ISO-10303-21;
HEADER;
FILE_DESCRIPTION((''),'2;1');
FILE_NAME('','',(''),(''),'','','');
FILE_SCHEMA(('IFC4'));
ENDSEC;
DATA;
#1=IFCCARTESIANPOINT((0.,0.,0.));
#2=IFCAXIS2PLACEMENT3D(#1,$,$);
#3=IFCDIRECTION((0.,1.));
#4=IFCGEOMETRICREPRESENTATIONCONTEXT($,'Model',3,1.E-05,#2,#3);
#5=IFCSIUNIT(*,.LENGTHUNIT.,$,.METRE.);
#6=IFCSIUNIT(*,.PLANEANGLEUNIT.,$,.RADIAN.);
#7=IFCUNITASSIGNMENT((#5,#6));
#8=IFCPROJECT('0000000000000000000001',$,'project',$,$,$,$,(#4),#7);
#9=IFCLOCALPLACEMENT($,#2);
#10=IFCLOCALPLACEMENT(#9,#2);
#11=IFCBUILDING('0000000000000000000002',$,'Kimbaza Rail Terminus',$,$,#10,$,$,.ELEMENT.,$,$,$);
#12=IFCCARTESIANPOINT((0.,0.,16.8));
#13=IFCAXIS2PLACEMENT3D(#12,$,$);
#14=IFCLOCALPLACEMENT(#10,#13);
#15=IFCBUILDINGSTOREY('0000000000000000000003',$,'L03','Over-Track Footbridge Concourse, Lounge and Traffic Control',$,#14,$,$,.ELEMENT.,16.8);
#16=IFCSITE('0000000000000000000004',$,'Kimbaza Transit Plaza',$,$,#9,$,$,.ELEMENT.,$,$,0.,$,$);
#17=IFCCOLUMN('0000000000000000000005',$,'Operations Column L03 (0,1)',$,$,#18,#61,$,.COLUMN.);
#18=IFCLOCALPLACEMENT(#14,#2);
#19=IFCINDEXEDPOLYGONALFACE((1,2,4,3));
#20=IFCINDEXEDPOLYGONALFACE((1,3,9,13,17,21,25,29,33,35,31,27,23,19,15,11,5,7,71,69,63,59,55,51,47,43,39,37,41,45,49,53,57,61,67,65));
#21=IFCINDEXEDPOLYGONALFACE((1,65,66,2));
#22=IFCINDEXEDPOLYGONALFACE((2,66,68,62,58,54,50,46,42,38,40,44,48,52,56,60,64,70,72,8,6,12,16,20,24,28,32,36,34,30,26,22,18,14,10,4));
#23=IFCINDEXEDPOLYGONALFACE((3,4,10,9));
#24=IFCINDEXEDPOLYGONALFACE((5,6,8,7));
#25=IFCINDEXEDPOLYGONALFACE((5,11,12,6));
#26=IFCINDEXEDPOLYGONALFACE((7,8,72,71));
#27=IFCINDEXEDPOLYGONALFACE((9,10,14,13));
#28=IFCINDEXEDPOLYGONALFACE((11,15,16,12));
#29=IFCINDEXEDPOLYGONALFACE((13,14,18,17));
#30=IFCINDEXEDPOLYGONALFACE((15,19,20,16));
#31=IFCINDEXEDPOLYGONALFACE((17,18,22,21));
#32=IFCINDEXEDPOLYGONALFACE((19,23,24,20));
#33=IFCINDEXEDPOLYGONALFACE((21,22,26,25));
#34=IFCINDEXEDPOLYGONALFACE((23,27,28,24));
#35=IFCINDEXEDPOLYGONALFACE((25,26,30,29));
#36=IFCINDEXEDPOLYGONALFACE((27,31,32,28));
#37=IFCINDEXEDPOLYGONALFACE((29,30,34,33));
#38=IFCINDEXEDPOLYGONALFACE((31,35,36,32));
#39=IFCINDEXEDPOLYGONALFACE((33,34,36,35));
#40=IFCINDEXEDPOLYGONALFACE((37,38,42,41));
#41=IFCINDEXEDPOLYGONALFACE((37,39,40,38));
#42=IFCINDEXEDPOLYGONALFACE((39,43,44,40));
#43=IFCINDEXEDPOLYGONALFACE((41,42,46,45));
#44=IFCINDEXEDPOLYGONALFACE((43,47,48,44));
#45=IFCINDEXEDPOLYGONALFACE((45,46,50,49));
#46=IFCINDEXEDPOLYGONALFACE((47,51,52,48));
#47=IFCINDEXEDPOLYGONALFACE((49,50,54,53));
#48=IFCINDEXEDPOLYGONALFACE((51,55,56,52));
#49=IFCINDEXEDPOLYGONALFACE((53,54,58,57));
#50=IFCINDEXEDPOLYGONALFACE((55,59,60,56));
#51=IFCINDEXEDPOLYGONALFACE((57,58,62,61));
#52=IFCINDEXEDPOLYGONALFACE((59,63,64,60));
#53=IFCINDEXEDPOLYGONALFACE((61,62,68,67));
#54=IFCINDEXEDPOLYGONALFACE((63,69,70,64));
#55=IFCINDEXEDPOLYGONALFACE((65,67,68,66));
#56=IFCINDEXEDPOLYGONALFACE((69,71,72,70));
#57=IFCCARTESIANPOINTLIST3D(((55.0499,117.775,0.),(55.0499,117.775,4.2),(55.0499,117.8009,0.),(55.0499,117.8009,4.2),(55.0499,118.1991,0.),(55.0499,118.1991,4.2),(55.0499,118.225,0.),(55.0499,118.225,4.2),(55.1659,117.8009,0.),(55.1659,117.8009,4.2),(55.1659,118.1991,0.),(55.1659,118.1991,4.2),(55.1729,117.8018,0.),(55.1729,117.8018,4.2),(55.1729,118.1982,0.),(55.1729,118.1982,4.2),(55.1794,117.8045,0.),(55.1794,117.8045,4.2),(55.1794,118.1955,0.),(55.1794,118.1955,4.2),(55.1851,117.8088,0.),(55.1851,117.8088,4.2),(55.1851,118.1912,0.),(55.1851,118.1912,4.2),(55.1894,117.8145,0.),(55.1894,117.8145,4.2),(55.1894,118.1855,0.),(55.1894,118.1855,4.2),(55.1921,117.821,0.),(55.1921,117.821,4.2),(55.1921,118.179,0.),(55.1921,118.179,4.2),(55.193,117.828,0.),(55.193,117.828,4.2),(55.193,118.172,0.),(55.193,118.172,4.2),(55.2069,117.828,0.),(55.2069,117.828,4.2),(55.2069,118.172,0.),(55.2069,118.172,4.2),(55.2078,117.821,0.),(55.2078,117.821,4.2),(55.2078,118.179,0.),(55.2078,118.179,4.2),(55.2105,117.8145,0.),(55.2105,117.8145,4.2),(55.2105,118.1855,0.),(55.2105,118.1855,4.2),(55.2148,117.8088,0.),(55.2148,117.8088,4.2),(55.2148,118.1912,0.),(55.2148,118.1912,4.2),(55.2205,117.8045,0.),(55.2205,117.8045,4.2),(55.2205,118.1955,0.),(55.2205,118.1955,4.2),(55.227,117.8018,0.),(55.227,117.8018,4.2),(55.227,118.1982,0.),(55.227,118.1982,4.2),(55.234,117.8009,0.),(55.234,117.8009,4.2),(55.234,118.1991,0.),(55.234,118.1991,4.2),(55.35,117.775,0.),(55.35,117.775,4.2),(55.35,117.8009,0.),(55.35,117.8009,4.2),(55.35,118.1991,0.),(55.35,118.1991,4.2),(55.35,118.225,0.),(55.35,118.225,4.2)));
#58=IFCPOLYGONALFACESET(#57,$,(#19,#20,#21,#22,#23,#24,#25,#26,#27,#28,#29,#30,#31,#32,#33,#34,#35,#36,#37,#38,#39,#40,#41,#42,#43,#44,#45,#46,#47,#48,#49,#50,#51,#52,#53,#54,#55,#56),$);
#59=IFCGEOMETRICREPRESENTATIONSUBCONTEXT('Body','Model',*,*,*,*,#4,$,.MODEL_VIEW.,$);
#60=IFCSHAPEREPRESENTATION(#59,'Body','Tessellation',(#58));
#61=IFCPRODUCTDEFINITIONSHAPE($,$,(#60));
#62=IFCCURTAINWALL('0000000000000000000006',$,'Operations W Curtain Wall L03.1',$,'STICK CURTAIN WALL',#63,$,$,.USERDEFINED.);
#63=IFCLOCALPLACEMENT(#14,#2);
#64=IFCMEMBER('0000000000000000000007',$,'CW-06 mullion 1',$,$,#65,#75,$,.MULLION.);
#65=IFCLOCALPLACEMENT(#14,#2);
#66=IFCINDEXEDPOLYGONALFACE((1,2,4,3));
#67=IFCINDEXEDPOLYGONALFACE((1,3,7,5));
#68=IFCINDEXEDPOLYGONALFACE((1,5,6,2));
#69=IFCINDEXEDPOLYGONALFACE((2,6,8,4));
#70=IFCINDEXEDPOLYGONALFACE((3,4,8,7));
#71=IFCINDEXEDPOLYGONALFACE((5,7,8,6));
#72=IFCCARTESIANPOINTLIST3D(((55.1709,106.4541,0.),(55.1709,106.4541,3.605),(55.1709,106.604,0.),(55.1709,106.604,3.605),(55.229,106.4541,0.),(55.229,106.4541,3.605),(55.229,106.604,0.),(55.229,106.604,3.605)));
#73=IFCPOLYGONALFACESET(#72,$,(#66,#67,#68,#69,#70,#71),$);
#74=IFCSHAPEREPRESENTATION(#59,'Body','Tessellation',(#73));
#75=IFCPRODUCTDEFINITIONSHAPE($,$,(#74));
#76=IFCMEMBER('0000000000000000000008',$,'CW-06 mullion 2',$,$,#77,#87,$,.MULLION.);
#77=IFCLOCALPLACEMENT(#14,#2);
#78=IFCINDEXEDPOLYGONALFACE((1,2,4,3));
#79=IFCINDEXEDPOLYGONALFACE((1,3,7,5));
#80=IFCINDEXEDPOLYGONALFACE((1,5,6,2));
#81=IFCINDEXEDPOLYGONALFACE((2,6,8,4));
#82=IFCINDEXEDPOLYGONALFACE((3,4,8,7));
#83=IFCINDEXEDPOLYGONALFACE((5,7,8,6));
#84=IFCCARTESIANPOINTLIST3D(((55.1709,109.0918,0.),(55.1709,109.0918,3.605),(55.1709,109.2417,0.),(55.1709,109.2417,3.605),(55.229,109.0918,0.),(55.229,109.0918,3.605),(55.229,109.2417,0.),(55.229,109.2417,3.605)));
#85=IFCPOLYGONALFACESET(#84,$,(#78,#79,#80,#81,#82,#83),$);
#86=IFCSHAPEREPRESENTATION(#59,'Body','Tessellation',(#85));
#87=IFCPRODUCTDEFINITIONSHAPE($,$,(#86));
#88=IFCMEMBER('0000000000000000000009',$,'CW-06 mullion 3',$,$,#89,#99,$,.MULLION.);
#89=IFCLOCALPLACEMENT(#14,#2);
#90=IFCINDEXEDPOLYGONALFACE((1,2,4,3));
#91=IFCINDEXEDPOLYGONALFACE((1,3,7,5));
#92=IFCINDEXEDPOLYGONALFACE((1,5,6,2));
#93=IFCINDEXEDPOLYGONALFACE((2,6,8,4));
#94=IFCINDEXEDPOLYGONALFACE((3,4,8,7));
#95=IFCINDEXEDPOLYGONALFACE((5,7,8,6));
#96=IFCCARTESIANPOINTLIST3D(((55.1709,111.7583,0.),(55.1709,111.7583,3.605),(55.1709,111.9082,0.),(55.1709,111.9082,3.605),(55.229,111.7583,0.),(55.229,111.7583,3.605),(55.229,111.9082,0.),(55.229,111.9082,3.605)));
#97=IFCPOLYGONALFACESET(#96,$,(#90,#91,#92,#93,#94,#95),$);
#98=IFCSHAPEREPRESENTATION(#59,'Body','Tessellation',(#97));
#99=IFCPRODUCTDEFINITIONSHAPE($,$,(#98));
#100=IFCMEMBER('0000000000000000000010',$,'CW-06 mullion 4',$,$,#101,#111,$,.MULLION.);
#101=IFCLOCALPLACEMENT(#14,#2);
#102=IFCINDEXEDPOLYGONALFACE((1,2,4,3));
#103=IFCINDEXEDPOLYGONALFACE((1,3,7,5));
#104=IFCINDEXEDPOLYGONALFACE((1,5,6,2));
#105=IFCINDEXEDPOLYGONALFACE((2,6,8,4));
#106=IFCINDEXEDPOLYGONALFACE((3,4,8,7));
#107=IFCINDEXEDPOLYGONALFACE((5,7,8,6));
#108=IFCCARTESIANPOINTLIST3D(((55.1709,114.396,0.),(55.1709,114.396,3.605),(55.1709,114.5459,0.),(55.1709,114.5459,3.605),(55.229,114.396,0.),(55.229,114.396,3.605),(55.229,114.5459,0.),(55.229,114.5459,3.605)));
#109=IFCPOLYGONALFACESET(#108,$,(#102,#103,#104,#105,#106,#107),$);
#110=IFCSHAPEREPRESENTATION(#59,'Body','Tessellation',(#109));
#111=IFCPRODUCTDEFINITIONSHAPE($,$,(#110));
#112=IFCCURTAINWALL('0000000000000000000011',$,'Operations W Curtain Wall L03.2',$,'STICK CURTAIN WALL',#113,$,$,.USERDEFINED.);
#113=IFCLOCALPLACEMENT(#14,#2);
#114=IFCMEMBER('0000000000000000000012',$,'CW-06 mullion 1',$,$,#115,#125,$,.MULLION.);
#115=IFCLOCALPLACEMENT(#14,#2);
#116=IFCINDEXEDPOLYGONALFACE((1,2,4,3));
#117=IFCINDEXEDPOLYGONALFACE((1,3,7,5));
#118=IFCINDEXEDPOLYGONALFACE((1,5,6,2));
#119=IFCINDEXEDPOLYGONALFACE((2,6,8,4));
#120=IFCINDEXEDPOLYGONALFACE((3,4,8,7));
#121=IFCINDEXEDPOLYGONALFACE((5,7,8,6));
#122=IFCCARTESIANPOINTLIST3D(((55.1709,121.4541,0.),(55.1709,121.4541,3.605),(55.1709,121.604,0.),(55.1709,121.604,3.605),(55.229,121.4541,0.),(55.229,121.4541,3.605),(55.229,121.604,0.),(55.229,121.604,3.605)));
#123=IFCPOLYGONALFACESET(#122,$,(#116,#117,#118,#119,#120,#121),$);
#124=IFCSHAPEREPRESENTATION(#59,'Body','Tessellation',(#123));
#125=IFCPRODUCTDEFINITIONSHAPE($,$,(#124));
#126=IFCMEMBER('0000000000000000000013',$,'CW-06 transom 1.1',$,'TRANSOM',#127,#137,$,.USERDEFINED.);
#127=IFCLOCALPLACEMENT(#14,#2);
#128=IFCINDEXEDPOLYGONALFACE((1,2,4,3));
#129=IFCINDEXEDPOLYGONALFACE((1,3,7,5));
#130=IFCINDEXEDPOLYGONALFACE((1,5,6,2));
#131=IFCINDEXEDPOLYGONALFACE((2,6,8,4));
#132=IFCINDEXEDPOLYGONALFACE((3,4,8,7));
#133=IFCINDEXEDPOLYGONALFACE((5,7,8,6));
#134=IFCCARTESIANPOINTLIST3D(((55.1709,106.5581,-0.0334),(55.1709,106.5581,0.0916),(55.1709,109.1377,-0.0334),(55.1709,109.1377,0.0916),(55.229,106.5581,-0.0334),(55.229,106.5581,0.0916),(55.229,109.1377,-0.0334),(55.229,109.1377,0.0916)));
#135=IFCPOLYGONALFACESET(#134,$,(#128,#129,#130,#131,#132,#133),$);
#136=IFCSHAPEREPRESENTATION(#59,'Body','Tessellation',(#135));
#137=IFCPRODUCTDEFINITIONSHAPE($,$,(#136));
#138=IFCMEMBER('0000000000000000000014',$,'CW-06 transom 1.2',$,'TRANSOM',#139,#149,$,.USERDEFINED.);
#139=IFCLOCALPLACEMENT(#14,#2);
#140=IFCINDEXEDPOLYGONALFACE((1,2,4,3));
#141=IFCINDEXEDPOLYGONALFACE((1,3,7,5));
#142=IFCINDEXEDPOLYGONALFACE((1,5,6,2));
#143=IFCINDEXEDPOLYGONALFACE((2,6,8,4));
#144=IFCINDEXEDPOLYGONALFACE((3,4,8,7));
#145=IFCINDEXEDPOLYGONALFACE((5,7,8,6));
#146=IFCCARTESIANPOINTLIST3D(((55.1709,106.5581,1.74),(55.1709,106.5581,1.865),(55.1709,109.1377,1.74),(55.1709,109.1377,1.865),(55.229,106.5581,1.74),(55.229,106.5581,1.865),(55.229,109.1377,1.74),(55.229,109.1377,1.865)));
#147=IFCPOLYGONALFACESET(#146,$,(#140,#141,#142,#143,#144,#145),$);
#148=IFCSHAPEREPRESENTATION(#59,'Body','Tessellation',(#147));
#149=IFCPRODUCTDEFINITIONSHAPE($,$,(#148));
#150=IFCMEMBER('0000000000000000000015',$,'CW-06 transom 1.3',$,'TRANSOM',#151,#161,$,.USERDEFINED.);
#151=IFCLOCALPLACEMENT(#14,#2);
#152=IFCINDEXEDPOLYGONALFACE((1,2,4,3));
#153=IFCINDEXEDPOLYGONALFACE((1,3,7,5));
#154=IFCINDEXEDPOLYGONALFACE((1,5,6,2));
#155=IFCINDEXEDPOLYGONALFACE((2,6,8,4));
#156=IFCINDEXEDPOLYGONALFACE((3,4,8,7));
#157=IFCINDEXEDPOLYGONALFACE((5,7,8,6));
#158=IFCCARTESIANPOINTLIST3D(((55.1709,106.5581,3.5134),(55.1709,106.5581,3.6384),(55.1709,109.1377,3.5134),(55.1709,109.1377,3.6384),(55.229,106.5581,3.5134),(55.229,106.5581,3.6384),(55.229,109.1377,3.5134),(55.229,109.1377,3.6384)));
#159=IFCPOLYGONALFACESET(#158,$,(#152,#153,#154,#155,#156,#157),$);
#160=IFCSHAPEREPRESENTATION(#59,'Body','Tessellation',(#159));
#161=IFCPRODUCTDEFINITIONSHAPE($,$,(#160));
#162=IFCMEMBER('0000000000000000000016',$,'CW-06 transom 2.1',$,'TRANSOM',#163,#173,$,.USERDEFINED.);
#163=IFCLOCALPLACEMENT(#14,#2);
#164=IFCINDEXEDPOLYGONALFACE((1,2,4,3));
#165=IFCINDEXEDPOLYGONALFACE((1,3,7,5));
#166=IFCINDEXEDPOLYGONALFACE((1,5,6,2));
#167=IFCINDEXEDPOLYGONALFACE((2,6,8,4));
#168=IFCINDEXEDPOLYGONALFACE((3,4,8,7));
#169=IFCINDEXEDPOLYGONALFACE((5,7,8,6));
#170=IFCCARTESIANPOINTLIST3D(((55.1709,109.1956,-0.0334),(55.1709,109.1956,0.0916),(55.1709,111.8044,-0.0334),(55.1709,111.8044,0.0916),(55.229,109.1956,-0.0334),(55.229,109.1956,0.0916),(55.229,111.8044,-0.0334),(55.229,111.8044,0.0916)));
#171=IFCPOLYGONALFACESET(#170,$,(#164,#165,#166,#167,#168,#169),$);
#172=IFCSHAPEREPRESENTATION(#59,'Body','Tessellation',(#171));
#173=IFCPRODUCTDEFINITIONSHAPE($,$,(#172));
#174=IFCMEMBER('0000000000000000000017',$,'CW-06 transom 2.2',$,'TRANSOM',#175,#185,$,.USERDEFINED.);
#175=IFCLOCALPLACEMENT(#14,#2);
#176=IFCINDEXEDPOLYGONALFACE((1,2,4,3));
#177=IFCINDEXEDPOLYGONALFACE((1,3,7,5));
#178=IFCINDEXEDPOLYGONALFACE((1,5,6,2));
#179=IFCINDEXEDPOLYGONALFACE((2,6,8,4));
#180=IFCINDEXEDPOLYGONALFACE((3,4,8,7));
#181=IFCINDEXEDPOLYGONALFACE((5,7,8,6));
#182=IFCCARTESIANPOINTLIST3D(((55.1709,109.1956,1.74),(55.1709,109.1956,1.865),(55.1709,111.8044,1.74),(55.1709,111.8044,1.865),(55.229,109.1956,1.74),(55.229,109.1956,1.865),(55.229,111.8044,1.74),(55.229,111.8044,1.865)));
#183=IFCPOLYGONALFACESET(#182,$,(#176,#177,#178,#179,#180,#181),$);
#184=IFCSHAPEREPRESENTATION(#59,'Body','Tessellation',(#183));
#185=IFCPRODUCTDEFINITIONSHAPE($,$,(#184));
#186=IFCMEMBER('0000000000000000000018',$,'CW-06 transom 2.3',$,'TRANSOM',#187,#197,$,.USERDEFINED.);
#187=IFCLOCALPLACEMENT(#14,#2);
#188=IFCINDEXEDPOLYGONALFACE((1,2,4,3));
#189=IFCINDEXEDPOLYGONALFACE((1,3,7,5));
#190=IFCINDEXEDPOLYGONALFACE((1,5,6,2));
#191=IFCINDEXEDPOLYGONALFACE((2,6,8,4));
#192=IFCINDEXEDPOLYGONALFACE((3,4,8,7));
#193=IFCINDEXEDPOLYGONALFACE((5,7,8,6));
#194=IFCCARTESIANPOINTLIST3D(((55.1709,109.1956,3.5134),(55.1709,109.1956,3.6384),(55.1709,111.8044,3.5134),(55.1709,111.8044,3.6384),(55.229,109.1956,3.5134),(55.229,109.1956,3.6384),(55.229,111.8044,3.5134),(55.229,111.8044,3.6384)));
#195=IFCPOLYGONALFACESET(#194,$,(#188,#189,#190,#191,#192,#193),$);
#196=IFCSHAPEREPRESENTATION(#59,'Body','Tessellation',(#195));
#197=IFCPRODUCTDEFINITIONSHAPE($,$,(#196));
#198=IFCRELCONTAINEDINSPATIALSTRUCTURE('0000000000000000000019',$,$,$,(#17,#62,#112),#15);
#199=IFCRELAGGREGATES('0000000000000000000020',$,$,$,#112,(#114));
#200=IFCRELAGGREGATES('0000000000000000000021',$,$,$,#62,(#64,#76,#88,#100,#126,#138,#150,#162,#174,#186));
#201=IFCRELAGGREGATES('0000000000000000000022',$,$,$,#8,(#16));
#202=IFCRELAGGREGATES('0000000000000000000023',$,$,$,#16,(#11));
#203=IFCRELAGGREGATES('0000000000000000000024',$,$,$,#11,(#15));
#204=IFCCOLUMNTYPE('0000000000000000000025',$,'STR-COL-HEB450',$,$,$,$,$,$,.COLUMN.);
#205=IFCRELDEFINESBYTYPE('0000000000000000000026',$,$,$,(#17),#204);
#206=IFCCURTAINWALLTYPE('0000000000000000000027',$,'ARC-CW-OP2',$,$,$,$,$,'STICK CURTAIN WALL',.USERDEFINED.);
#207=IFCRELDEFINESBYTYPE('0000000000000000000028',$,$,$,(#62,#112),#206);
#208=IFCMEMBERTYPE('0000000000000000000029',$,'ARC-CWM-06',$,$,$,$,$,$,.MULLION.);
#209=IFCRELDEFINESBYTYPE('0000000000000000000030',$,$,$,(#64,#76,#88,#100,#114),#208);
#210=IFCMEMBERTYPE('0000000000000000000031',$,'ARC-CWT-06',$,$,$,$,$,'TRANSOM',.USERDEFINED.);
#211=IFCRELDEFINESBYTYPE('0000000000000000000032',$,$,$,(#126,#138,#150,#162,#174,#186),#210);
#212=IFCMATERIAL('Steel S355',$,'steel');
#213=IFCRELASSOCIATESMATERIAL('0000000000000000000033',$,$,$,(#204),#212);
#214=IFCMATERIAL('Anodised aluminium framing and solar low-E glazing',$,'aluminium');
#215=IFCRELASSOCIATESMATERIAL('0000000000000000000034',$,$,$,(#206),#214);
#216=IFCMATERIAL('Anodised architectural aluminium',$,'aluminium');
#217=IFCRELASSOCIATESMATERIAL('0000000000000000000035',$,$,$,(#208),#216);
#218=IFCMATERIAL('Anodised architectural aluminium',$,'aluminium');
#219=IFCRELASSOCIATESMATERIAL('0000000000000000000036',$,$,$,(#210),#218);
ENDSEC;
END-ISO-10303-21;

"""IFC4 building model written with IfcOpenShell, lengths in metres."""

from ifc_helpers import new_model, si_unit, direction, frame, origin, origin_2d, place, context, subcontext, project, spatial, rectangle, i_section, extrude, material, material_profile, profile_set, type_object, element, aggregate, save


model = new_model("IFC4")

# Units and contexts
model_context = context("Model", 3, precision=1e-05, world=origin(), true_north=direction((0.0, 1.0)))
body_context = subcontext(model_context, "Body", "Model", "MODEL_VIEW")
ifc_project = project(units=[si_unit("LENGTHUNIT", "METRE"), si_unit("PLANEANGLEUNIT", "RADIAN")], contexts=[model_context])

# Site, building, storey
site_placement = place(None, origin())
site = spatial("IfcSite", under=ifc_project, at=site_placement, Name="Kimbaza Transit Plaza", CompositionType="ELEMENT", RefElevation=0.0)
building_placement = place(site_placement, origin())
building = spatial("IfcBuilding", under=site, at=building_placement, Name="Kimbaza Rail Terminus", CompositionType="ELEMENT")
storey_placement = place(building_placement, frame((0.0, 0.0, 16.8)))
storey = spatial("IfcBuildingStorey", under=building, at=storey_placement, Name="L03", Description="Over-Track Footbridge Concourse, Lounge and Traffic Control", CompositionType="ELEMENT", Elevation=16.8)

# Column
ifc_material_1 = material(Name="Steel S355", Category="steel")
ifc_material_profile_1 = material_profile(ifc_material_1, i_section(OverallWidth=0.3, OverallDepth=0.45, WebThickness=0.0139, FlangeThickness=0.0259, FilletRadius=0.0271, at=origin_2d()), Name="HEB 450")
ifc_profile_set_1 = profile_set([ifc_material_profile_1], Name="Steel S355")
column_type = type_object("IfcColumnType", Name="STR-COL-HEB450", PredefinedType="COLUMN", material=ifc_profile_set_1)
column_placement = place(storey_placement, frame((55.2, 118.0, 0.0), z_axis=(0.0, 0.0, 1.0), x_axis=(1.0, 0.0, 0.0)))
element("IfcColumn", 1, at=column_placement, inside=storey, type_object=column_type, Name="Operations Column L03 (0,1)", PredefinedType="COLUMN", context=body_context, shape_type="SweptSolid", body=[
    extrude(i_section(OverallWidth=0.3, OverallDepth=0.45, WebThickness=0.0139, FlangeThickness=0.0259, FilletRadius=0.0271, at=origin_2d()), origin(), (0.0, 0.0, 1.0), 4.2),
])

# Curtain wall, members
ifc_material_2 = material(Name="Anodised aluminium framing and solar low-E glazing", Category="aluminium")
curtain_wall_type = type_object("IfcCurtainWallType", Name="ARC-CW-OP2", ElementType="STICK CURTAIN WALL", PredefinedType="USERDEFINED", material=ifc_material_2)
curtain_wall_1_placement = place(storey_placement, origin())
curtain_wall_1 = element("IfcCurtainWall", 2, at=curtain_wall_1_placement, inside=storey, type_object=curtain_wall_type, Name="Operations W Curtain Wall L03.1", ObjectType="STICK CURTAIN WALL", PredefinedType="USERDEFINED")
ifc_material_3 = material(Name="Anodised architectural aluminium", Category="aluminium")
ifc_material_profile_2 = material_profile(ifc_material_3, rectangle(XDim=0.0581, YDim=0.1499, at=origin_2d()), Name="MULLION 58x150")
ifc_profile_set_2 = profile_set([ifc_material_profile_2], Name="Anodised architectural aluminium")
member_type_1 = type_object("IfcMemberType", Name="ARC-CWM-06", PredefinedType="MULLION", material=ifc_profile_set_2)
member_1_placement = place(storey_placement, frame((55.2, 106.5291, 0.0), z_axis=(0.0, 0.0, 1.0), x_axis=(-1.0, 0.0, 0.0)))
member_1 = element("IfcMember", 3, at=member_1_placement, type_object=member_type_1, Name="CW-06 mullion 1", PredefinedType="MULLION", context=body_context, shape_type="SweptSolid", body=[
    extrude(rectangle(XDim=0.0581, YDim=0.1499, at=origin_2d()), origin(), (0.0, 0.0, 1.0), 3.605),
])
member_2_placement = place(storey_placement, frame((55.2, 109.1667, 0.0), z_axis=(0.0, 0.0, 1.0), x_axis=(-1.0, 0.0, 0.0)))
member_2 = element("IfcMember", 4, at=member_2_placement, type_object=member_type_1, Name="CW-06 mullion 2", PredefinedType="MULLION", context=body_context, shape_type="SweptSolid", body=[
    extrude(rectangle(XDim=0.0581, YDim=0.1499, at=origin_2d()), origin(), (0.0, 0.0, 1.0), 3.605),
])
member_3_placement = place(storey_placement, frame((55.2, 111.8333, 0.0), z_axis=(0.0, 0.0, 1.0), x_axis=(-1.0, 0.0, 0.0)))
member_3 = element("IfcMember", 5, at=member_3_placement, type_object=member_type_1, Name="CW-06 mullion 3", PredefinedType="MULLION", context=body_context, shape_type="SweptSolid", body=[
    extrude(rectangle(XDim=0.0581, YDim=0.1499, at=origin_2d()), origin(), (0.0, 0.0, 1.0), 3.605),
])
member_4_placement = place(storey_placement, frame((55.2, 114.4709, 0.0), z_axis=(0.0, 0.0, 1.0), x_axis=(-1.0, 0.0, 0.0)))
member_4 = element("IfcMember", 6, at=member_4_placement, type_object=member_type_1, Name="CW-06 mullion 4", PredefinedType="MULLION", context=body_context, shape_type="SweptSolid", body=[
    extrude(rectangle(XDim=0.0581, YDim=0.1499, at=origin_2d()), origin(), (0.0, 0.0, 1.0), 3.605),
])

# Curtain wall, member
curtain_wall_2_placement = place(storey_placement, origin())
curtain_wall_2 = element("IfcCurtainWall", 7, at=curtain_wall_2_placement, inside=storey, type_object=curtain_wall_type, Name="Operations W Curtain Wall L03.2", ObjectType="STICK CURTAIN WALL", PredefinedType="USERDEFINED")
member_5_placement = place(storey_placement, frame((55.2, 121.5291, 0.0), z_axis=(0.0, 0.0, 1.0), x_axis=(-1.0, 0.0, 0.0)))
member_5 = element("IfcMember", 8, at=member_5_placement, type_object=member_type_1, Name="CW-06 mullion 1", PredefinedType="MULLION", context=body_context, shape_type="SweptSolid", body=[
    extrude(rectangle(XDim=0.0581, YDim=0.1499, at=origin_2d()), origin(), (0.0, 0.0, 1.0), 3.605),
])
aggregate(curtain_wall_2, [member_5])

# Members
ifc_material_4 = material(Name="Anodised architectural aluminium", Category="aluminium")
ifc_material_profile_3 = material_profile(ifc_material_4, rectangle(XDim=0.0581, YDim=0.125, at=origin_2d()), Name="TRANSOM 58x125")
ifc_profile_set_3 = profile_set([ifc_material_profile_3], Name="Anodised architectural aluminium")
member_type_2 = type_object("IfcMemberType", Name="ARC-CWT-06", ElementType="TRANSOM", PredefinedType="USERDEFINED", material=ifc_profile_set_3)
member_6_placement = place(storey_placement, frame((55.2, 106.5581, 0.0291), z_axis=(0.0, 1.0, 0.0), x_axis=(-1.0, 0.0, 0.0)))
member_6 = element("IfcMember", 9, at=member_6_placement, type_object=member_type_2, Name="CW-06 transom 1.1", ObjectType="TRANSOM", PredefinedType="USERDEFINED", context=body_context, shape_type="SweptSolid", body=[
    extrude(rectangle(XDim=0.0581, YDim=0.125, at=origin_2d()), origin(), (0.0, 0.0, 1.0), 2.5796),
])
member_7_placement = place(storey_placement, frame((55.2, 106.5581, 1.8025), z_axis=(0.0, 1.0, 0.0), x_axis=(-1.0, 0.0, 0.0)))
member_7 = element("IfcMember", 10, at=member_7_placement, type_object=member_type_2, Name="CW-06 transom 1.2", ObjectType="TRANSOM", PredefinedType="USERDEFINED", context=body_context, shape_type="SweptSolid", body=[
    extrude(rectangle(XDim=0.0581, YDim=0.125, at=origin_2d()), origin(), (0.0, 0.0, 1.0), 2.5796),
])
member_8_placement = place(storey_placement, frame((55.2, 106.5581, 3.5759), z_axis=(0.0, 1.0, 0.0), x_axis=(-1.0, 0.0, 0.0)))
member_8 = element("IfcMember", 11, at=member_8_placement, type_object=member_type_2, Name="CW-06 transom 1.3", ObjectType="TRANSOM", PredefinedType="USERDEFINED", context=body_context, shape_type="SweptSolid", body=[
    extrude(rectangle(XDim=0.0581, YDim=0.125, at=origin_2d()), origin(), (0.0, 0.0, 1.0), 2.5796),
])
member_9_placement = place(storey_placement, frame((55.2, 109.1956, 0.0291), z_axis=(0.0, 1.0, 0.0), x_axis=(-1.0, 0.0, 0.0)))
member_9 = element("IfcMember", 12, at=member_9_placement, type_object=member_type_2, Name="CW-06 transom 2.1", ObjectType="TRANSOM", PredefinedType="USERDEFINED", context=body_context, shape_type="SweptSolid", body=[
    extrude(rectangle(XDim=0.0581, YDim=0.125, at=origin_2d()), origin(), (0.0, 0.0, 1.0), 2.6089),
])
member_10_placement = place(storey_placement, frame((55.2, 109.1956, 1.8025), z_axis=(0.0, 1.0, 0.0), x_axis=(-1.0, 0.0, 0.0)))
member_10 = element("IfcMember", 13, at=member_10_placement, type_object=member_type_2, Name="CW-06 transom 2.2", ObjectType="TRANSOM", PredefinedType="USERDEFINED", context=body_context, shape_type="SweptSolid", body=[
    extrude(rectangle(XDim=0.0581, YDim=0.125, at=origin_2d()), origin(), (0.0, 0.0, 1.0), 2.6089),
])
member_11_placement = place(storey_placement, frame((55.2, 109.1956, 3.5759), z_axis=(0.0, 1.0, 0.0), x_axis=(-1.0, 0.0, 0.0)))
member_11 = element("IfcMember", 14, at=member_11_placement, type_object=member_type_2, Name="CW-06 transom 2.3", ObjectType="TRANSOM", PredefinedType="USERDEFINED", context=body_context, shape_type="SweptSolid", body=[
    extrude(rectangle(XDim=0.0581, YDim=0.125, at=origin_2d()), origin(), (0.0, 0.0, 1.0), 2.6089),
])

aggregate(curtain_wall_1, [member_1, member_2, member_3, member_4, member_6, member_7, member_8, member_9, member_10, member_11])

save(model, "model.ifc")
